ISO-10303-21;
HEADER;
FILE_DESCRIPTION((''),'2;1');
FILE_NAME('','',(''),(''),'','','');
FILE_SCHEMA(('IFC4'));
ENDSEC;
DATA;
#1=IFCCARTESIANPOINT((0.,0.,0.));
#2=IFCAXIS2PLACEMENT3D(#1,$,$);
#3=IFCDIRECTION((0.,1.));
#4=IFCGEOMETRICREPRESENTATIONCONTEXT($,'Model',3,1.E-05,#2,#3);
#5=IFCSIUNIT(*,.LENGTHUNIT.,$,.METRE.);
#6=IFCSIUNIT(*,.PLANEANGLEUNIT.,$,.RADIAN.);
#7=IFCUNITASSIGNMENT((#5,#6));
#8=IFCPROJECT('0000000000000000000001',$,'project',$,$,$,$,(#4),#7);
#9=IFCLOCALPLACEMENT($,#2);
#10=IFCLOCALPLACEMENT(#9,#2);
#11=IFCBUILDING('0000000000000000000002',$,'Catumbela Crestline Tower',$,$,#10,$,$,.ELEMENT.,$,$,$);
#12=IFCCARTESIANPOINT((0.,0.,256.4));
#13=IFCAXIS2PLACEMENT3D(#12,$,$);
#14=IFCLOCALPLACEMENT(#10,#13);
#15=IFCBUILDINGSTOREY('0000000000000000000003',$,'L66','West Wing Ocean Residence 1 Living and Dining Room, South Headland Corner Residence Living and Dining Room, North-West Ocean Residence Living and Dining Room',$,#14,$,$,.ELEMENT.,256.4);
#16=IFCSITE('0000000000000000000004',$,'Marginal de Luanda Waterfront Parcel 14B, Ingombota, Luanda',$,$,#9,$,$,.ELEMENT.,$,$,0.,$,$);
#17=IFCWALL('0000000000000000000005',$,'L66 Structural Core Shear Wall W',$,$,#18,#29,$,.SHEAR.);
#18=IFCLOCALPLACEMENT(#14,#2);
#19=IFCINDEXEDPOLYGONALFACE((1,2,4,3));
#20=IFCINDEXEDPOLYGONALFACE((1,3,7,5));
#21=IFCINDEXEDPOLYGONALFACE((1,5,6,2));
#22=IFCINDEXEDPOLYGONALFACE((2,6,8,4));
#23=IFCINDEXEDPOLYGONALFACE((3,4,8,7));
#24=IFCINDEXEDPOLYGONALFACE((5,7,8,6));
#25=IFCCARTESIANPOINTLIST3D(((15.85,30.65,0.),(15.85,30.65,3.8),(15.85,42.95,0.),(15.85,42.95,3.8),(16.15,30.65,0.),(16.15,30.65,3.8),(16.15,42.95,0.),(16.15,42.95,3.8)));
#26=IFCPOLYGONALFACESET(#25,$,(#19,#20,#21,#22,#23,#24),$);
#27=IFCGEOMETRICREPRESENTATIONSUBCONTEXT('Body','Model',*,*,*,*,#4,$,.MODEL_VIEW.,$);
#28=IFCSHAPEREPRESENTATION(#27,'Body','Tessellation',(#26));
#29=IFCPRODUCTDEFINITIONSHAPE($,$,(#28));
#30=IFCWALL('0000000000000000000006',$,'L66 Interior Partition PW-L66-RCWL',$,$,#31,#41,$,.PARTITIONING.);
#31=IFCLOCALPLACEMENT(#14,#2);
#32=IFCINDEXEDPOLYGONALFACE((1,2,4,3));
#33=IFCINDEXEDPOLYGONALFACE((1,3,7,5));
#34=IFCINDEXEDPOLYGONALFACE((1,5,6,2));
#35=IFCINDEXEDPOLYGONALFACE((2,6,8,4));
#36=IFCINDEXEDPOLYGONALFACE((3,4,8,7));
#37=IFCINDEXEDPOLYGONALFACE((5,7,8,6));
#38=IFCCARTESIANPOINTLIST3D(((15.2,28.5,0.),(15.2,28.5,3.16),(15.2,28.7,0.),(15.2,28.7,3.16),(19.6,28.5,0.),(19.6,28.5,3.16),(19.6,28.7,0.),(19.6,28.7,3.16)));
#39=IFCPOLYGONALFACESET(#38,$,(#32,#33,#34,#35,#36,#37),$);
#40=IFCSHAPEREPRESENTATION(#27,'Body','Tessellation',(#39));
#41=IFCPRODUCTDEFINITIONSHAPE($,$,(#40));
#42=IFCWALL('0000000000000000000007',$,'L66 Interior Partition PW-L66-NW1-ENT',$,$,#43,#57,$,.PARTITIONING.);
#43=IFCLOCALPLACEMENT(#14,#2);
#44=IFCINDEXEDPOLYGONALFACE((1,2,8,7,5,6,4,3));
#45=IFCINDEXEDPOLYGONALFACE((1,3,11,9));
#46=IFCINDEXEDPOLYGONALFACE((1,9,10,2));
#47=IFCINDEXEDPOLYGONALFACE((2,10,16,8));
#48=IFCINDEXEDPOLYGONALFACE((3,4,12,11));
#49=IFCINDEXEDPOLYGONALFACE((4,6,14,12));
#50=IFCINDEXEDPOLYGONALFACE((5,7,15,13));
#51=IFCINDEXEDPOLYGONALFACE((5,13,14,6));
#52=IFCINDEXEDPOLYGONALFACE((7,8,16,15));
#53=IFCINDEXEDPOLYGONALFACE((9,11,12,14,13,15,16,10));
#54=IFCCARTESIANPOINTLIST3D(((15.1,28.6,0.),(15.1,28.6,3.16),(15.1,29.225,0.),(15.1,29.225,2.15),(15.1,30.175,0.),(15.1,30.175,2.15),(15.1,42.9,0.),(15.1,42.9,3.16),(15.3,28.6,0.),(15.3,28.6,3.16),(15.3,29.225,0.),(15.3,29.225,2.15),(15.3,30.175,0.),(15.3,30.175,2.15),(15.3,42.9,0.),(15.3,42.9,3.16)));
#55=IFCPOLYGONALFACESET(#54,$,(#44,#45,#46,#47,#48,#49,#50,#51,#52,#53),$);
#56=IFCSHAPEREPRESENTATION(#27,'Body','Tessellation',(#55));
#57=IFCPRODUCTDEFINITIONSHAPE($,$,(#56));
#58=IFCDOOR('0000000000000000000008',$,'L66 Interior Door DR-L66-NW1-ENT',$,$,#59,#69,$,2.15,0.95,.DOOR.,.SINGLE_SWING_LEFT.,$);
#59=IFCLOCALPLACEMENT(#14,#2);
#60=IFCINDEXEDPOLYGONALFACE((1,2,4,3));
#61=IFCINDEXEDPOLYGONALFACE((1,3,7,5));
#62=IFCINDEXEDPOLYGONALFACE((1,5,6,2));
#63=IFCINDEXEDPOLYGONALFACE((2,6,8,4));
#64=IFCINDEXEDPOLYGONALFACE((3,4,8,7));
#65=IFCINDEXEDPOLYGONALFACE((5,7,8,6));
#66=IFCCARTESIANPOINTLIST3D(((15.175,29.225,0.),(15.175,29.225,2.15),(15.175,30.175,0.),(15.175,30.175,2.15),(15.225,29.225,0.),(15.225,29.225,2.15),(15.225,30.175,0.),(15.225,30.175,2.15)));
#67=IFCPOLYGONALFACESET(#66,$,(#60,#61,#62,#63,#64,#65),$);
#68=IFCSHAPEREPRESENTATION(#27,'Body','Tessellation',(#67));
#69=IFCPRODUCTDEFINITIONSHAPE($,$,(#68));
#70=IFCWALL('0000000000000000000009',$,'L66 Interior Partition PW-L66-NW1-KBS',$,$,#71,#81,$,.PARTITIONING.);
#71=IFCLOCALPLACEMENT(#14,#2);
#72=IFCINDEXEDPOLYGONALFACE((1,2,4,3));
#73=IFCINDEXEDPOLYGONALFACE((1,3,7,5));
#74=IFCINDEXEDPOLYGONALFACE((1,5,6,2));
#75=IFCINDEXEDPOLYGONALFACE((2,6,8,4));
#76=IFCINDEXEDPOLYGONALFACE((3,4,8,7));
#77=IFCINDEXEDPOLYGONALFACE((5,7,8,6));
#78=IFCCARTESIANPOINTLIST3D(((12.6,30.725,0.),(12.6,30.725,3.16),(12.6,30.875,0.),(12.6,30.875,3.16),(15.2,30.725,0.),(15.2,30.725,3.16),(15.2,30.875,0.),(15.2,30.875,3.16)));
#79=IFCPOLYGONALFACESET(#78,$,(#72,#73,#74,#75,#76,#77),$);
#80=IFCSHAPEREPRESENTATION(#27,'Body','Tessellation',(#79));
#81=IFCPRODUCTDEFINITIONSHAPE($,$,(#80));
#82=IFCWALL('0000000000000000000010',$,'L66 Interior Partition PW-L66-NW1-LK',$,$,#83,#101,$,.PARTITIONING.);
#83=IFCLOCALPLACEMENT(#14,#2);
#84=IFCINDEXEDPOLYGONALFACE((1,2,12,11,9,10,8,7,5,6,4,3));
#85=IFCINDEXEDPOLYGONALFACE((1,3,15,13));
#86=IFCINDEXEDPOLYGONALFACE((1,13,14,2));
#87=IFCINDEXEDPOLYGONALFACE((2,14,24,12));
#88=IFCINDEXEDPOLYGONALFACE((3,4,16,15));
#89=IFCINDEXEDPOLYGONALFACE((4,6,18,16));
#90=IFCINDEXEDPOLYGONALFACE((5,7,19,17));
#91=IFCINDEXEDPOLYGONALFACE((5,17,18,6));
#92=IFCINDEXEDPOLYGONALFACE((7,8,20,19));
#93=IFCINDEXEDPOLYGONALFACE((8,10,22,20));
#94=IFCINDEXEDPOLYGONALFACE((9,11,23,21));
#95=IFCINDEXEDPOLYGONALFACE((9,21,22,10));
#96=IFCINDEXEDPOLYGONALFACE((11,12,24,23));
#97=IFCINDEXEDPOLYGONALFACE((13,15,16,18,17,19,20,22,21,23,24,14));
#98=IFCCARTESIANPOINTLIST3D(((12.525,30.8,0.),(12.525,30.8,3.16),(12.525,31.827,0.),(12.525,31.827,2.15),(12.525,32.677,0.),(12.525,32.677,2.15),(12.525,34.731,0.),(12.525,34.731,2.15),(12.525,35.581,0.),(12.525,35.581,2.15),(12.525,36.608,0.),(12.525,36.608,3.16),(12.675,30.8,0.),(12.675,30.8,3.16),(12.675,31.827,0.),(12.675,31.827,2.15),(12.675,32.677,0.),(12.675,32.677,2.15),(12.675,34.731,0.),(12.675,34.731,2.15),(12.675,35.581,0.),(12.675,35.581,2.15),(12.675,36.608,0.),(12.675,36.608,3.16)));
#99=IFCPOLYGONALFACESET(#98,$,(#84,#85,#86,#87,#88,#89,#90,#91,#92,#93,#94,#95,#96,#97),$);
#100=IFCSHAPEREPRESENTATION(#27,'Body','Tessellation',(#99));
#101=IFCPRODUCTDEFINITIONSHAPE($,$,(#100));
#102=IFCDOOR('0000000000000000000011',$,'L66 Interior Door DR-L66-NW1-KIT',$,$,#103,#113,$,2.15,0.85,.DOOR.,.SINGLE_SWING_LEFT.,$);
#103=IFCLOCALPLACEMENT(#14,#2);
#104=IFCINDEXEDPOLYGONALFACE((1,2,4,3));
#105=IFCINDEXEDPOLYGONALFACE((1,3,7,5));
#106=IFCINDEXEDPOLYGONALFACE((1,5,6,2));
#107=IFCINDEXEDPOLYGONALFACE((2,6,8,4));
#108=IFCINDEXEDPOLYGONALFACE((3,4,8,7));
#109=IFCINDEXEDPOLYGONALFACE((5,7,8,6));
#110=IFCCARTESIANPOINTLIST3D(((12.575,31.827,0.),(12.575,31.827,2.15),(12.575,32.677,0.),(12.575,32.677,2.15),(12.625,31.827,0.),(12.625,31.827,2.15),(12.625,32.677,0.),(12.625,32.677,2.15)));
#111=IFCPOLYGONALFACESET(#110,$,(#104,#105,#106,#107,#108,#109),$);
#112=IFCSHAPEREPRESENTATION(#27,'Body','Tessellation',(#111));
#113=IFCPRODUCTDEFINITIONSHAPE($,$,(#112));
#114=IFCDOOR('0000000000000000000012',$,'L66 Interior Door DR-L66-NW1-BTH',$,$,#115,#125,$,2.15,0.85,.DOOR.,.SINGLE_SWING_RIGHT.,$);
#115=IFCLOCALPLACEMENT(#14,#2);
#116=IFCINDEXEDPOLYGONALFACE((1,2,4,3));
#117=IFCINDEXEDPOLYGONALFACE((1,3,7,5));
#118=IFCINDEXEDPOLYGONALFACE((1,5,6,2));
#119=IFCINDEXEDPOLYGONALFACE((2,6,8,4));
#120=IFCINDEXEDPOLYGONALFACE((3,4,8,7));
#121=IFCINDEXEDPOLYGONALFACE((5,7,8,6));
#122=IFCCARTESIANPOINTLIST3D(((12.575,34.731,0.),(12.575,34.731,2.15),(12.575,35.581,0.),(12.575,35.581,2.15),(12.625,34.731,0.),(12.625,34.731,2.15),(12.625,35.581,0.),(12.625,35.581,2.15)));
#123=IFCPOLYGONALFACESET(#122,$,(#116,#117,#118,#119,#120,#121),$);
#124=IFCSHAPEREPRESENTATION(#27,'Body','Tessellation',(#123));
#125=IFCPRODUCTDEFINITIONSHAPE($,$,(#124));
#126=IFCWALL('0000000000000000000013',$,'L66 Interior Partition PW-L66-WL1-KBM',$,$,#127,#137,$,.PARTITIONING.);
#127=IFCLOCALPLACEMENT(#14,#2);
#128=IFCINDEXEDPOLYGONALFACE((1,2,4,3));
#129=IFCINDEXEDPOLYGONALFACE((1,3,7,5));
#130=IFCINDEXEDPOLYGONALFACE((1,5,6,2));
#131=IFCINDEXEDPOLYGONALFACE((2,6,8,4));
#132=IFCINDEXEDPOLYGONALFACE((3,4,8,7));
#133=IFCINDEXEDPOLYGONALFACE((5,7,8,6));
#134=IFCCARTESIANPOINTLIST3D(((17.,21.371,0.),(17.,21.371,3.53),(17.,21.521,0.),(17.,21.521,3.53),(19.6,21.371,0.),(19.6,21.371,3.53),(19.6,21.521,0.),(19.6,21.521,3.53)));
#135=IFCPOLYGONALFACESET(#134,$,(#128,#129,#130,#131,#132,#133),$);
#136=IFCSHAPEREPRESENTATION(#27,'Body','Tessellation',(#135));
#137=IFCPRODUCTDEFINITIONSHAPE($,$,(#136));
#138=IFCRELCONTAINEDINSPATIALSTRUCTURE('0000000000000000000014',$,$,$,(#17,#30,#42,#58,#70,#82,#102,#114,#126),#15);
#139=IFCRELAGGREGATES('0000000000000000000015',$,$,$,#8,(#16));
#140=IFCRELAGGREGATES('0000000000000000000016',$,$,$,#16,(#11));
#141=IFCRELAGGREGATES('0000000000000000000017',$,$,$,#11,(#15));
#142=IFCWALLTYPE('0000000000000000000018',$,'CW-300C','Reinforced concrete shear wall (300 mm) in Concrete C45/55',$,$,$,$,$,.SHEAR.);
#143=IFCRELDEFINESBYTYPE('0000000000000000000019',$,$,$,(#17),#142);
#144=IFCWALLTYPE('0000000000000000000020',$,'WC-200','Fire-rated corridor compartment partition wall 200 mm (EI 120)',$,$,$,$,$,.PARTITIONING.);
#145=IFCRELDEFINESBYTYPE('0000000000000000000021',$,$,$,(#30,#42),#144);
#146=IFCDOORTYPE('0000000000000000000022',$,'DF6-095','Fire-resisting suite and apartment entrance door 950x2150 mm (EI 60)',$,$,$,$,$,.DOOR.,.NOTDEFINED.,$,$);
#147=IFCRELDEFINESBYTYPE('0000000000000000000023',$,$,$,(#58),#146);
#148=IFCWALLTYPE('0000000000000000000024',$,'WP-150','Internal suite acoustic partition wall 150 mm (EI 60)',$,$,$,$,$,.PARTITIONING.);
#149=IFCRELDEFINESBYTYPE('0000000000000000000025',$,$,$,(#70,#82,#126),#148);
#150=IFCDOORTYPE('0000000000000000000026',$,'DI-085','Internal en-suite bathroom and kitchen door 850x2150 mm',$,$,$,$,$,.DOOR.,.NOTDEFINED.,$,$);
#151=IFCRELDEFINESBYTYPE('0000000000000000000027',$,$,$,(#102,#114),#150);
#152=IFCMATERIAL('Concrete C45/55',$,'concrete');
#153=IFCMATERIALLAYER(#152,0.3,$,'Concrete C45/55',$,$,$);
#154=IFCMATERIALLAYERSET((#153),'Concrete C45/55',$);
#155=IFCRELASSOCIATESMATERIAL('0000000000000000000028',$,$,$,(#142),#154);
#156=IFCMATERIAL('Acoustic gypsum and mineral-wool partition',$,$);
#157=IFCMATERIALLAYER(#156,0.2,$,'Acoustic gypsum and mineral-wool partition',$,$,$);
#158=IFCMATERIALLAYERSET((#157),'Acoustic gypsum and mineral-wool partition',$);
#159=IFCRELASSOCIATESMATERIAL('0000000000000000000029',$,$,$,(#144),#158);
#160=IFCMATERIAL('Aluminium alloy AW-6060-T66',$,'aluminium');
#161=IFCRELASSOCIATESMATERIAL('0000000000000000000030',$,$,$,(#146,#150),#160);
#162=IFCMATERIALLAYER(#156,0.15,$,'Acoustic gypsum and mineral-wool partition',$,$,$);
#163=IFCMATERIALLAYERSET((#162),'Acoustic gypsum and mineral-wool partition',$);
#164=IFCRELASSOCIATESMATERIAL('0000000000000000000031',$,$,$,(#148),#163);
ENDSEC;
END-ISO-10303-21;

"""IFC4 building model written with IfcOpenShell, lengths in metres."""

from ifc_helpers import new_model, si_unit, direction, frame, frame_2d, origin, place, context, subcontext, project, spatial, rectangle, extrude, material, layer, layer_set, type_object, element, fill, save


model = new_model("IFC4")

# Units and contexts
model_context = context("Model", 3, precision=1e-05, world=origin(), true_north=direction((0.0, 1.0)))
body_context = subcontext(model_context, "Body", "Model", "MODEL_VIEW")
ifc_project = project(units=[si_unit("LENGTHUNIT", "METRE"), si_unit("PLANEANGLEUNIT", "RADIAN")], contexts=[model_context])

# Site, building, storey
site_placement = place(None, origin())
site = spatial("IfcSite", under=ifc_project, at=site_placement, Name="Marginal de Luanda Waterfront Parcel 14B, Ingombota, Luanda", CompositionType="ELEMENT", RefElevation=0.0)
building_placement = place(site_placement, origin())
building = spatial("IfcBuilding", under=site, at=building_placement, Name="Catumbela Crestline Tower", CompositionType="ELEMENT")
storey_placement = place(building_placement, frame((0.0, 0.0, 256.4)))
storey = spatial("IfcBuildingStorey", under=building, at=storey_placement, Name="L66", Description="West Wing Ocean Residence 1 Living and Dining Room, South Headland Corner Residence Living and Dining Room, North-West Ocean Residence Living and Dining Room", CompositionType="ELEMENT", Elevation=256.4)

# Shared definitions
ifc_material_1 = material(Name="Concrete C45/55", Category="concrete")

# Walls
ifc_layer_1 = layer(ifc_material_1, 0.3, Name="Concrete C45/55")
ifc_layer_set_1 = layer_set([ifc_layer_1], Name="Concrete C45/55")
wall_type_1 = type_object("IfcWallType", Name="CW-300C", Description="Reinforced concrete shear wall (300 mm) in Concrete C45/55", PredefinedType="SHEAR", material=ifc_layer_set_1)
wall_1_placement = place(storey_placement, frame((16.0, 30.65, 0.0), z_axis=(0.0, 0.0, 1.0), x_axis=(0.0, 1.0, 0.0)))
element("IfcWall", 1, at=wall_1_placement, inside=storey, type_object=wall_type_1, Name="L66 Structural Core Shear Wall W", PredefinedType="SHEAR", context=body_context, shape_type="SweptSolid", body=[
    extrude(rectangle(XDim=12.3, YDim=0.3, at=frame_2d((6.15, 0.0))), origin(), (0.0, 0.0, 1.0), 3.8),
])
ifc_material_2 = material(Name="Acoustic gypsum and mineral-wool partition")
ifc_layer_2 = layer(ifc_material_2, 0.2, Name="Acoustic gypsum and mineral-wool partition")
ifc_layer_set_2 = layer_set([ifc_layer_2], Name="Acoustic gypsum and mineral-wool partition")
wall_type_2 = type_object("IfcWallType", Name="WC-200", Description="Fire-rated corridor compartment partition wall 200 mm (EI 120)", PredefinedType="PARTITIONING", material=ifc_layer_set_2)
wall_2_placement = place(storey_placement, frame((15.2, 28.6, 0.0), z_axis=(0.0, 0.0, 1.0), x_axis=(1.0, 0.0, 0.0)))
element("IfcWall", 2, at=wall_2_placement, inside=storey, type_object=wall_type_2, Name="L66 Interior Partition PW-L66-RCWL", PredefinedType="PARTITIONING", context=body_context, shape_type="SweptSolid", body=[
    extrude(rectangle(XDim=4.4, YDim=0.2, at=frame_2d((2.2, 0.0))), origin(), (0.0, 0.0, 1.0), 3.16),
])

# Wall, opening, door
wall_3_placement = place(storey_placement, frame((15.2, 28.6, 0.0), z_axis=(0.0, 0.0, 1.0), x_axis=(0.0, 1.0, 0.0)))
wall_3 = element("IfcWall", 3, at=wall_3_placement, inside=storey, type_object=wall_type_2, Name="L66 Interior Partition PW-L66-NW1-ENT", PredefinedType="PARTITIONING", context=body_context, shape_type="SweptSolid", body=[
    extrude(rectangle(XDim=14.3, YDim=0.2, at=frame_2d((7.15, 0.0))), origin(), (0.0, 0.0, 1.0), 3.16),
])
opening_1_placement = place(wall_3_placement, frame((0.625, 0.0, 0.0)))
opening_1 = element("IfcOpeningElement", 4, at=opening_1_placement, cuts=wall_3, PredefinedType="OPENING", context=body_context, shape_type="SweptSolid", body=[
    extrude(rectangle(XDim=0.95, YDim=2.15, at=frame_2d((0.475, 1.075))), frame((0.0, 0.11, 0.0), z_axis=(0.0, -1.0, 0.0), x_axis=(1.0, 0.0, 0.0)), (0.0, 0.0, 1.0), 0.22),
])
ifc_material_3 = material(Name="Aluminium alloy AW-6060-T66", Category="aluminium")
door_type_1 = type_object("IfcDoorType", Name="DF6-095", Description="Fire-resisting suite and apartment entrance door 950x2150 mm (EI 60)", OperationType="NOTDEFINED", PredefinedType="DOOR", material=ifc_material_3)
door_1_placement = place(opening_1_placement, origin())
door_1 = element("IfcDoor", 5, at=door_1_placement, inside=storey, type_object=door_type_1, Name="L66 Interior Door DR-L66-NW1-ENT", OperationType="SINGLE_SWING_LEFT", OverallHeight=2.15, OverallWidth=0.95, PredefinedType="DOOR", context=body_context, shape_type="SweptSolid", body=[
    extrude(rectangle(XDim=0.95, YDim=2.15, at=frame_2d((0.475, 1.075))), frame((0.0, 0.025, 0.0), z_axis=(0.0, -1.0, 0.0), x_axis=(1.0, 0.0, 0.0)), (0.0, 0.0, 1.0), 0.05),
])
fill(opening_1, door_1)

# Wall
ifc_layer_3 = layer(ifc_material_2, 0.15, Name="Acoustic gypsum and mineral-wool partition")
ifc_layer_set_3 = layer_set([ifc_layer_3], Name="Acoustic gypsum and mineral-wool partition")
wall_type_3 = type_object("IfcWallType", Name="WP-150", Description="Internal suite acoustic partition wall 150 mm (EI 60)", PredefinedType="PARTITIONING", material=ifc_layer_set_3)
wall_4_placement = place(storey_placement, frame((12.6, 30.8, 0.0), z_axis=(0.0, 0.0, 1.0), x_axis=(1.0, 0.0, 0.0)))
element("IfcWall", 6, at=wall_4_placement, inside=storey, type_object=wall_type_3, Name="L66 Interior Partition PW-L66-NW1-KBS", PredefinedType="PARTITIONING", context=body_context, shape_type="SweptSolid", body=[
    extrude(rectangle(XDim=2.6, YDim=0.15, at=frame_2d((1.3, 0.0))), origin(), (0.0, 0.0, 1.0), 3.16),
])

# Wall, openings, doors
wall_5_placement = place(storey_placement, frame((12.6, 30.8, 0.0), z_axis=(0.0, 0.0, 1.0), x_axis=(0.0, 1.0, 0.0)))
wall_5 = element("IfcWall", 7, at=wall_5_placement, inside=storey, type_object=wall_type_3, Name="L66 Interior Partition PW-L66-NW1-LK", PredefinedType="PARTITIONING", context=body_context, shape_type="SweptSolid", body=[
    extrude(rectangle(XDim=5.808, YDim=0.15, at=frame_2d((2.904, 0.0))), origin(), (0.0, 0.0, 1.0), 3.16),
])
opening_2_placement = place(wall_5_placement, frame((1.027, 0.0, 0.0)))
opening_2 = element("IfcOpeningElement", 8, at=opening_2_placement, cuts=wall_5, PredefinedType="OPENING", context=body_context, shape_type="SweptSolid", body=[
    extrude(rectangle(XDim=0.85, YDim=2.15, at=frame_2d((0.425, 1.075))), frame((0.0, 0.085, 0.0), z_axis=(0.0, -1.0, 0.0), x_axis=(1.0, 0.0, 0.0)), (0.0, 0.0, 1.0), 0.17),
])
opening_3_placement = place(wall_5_placement, frame((3.931, 0.0, 0.0)))
opening_3 = element("IfcOpeningElement", 9, at=opening_3_placement, cuts=wall_5, PredefinedType="OPENING", context=body_context, shape_type="SweptSolid", body=[
    extrude(rectangle(XDim=0.85, YDim=2.15, at=frame_2d((0.425, 1.075))), frame((0.0, 0.085, 0.0), z_axis=(0.0, -1.0, 0.0), x_axis=(1.0, 0.0, 0.0)), (0.0, 0.0, 1.0), 0.17),
])
door_type_2 = type_object("IfcDoorType", Name="DI-085", Description="Internal en-suite bathroom and kitchen door 850x2150 mm", OperationType="NOTDEFINED", PredefinedType="DOOR", material=ifc_material_3)
door_2_placement = place(opening_2_placement, origin())
door_2 = element("IfcDoor", 10, at=door_2_placement, inside=storey, type_object=door_type_2, Name="L66 Interior Door DR-L66-NW1-KIT", OperationType="SINGLE_SWING_LEFT", OverallHeight=2.15, OverallWidth=0.85, PredefinedType="DOOR", context=body_context, shape_type="SweptSolid", body=[
    extrude(rectangle(XDim=0.85, YDim=2.15, at=frame_2d((0.425, 1.075))), frame((0.0, 0.025, 0.0), z_axis=(0.0, -1.0, 0.0), x_axis=(1.0, 0.0, 0.0)), (0.0, 0.0, 1.0), 0.05),
])
fill(opening_2, door_2)
door_3_placement = place(opening_3_placement, origin())
door_3 = element("IfcDoor", 11, at=door_3_placement, inside=storey, type_object=door_type_2, Name="L66 Interior Door DR-L66-NW1-BTH", OperationType="SINGLE_SWING_RIGHT", OverallHeight=2.15, OverallWidth=0.85, PredefinedType="DOOR", context=body_context, shape_type="SweptSolid", body=[
    extrude(rectangle(XDim=0.85, YDim=2.15, at=frame_2d((0.425, 1.075))), frame((0.0, 0.025, 0.0), z_axis=(0.0, -1.0, 0.0), x_axis=(1.0, 0.0, 0.0)), (0.0, 0.0, 1.0), 0.05),
])
fill(opening_3, door_3)

# Wall
wall_6_placement = place(storey_placement, frame((17.0, 21.446, 0.0), z_axis=(0.0, 0.0, 1.0), x_axis=(1.0, 0.0, 0.0)))
element("IfcWall", 12, at=wall_6_placement, inside=storey, type_object=wall_type_3, Name="L66 Interior Partition PW-L66-WL1-KBM", PredefinedType="PARTITIONING", context=body_context, shape_type="SweptSolid", body=[
    extrude(rectangle(XDim=2.6, YDim=0.15, at=frame_2d((1.3, 0.0))), origin(), (0.0, 0.0, 1.0), 3.53),
])

save(model, "model.ifc")
